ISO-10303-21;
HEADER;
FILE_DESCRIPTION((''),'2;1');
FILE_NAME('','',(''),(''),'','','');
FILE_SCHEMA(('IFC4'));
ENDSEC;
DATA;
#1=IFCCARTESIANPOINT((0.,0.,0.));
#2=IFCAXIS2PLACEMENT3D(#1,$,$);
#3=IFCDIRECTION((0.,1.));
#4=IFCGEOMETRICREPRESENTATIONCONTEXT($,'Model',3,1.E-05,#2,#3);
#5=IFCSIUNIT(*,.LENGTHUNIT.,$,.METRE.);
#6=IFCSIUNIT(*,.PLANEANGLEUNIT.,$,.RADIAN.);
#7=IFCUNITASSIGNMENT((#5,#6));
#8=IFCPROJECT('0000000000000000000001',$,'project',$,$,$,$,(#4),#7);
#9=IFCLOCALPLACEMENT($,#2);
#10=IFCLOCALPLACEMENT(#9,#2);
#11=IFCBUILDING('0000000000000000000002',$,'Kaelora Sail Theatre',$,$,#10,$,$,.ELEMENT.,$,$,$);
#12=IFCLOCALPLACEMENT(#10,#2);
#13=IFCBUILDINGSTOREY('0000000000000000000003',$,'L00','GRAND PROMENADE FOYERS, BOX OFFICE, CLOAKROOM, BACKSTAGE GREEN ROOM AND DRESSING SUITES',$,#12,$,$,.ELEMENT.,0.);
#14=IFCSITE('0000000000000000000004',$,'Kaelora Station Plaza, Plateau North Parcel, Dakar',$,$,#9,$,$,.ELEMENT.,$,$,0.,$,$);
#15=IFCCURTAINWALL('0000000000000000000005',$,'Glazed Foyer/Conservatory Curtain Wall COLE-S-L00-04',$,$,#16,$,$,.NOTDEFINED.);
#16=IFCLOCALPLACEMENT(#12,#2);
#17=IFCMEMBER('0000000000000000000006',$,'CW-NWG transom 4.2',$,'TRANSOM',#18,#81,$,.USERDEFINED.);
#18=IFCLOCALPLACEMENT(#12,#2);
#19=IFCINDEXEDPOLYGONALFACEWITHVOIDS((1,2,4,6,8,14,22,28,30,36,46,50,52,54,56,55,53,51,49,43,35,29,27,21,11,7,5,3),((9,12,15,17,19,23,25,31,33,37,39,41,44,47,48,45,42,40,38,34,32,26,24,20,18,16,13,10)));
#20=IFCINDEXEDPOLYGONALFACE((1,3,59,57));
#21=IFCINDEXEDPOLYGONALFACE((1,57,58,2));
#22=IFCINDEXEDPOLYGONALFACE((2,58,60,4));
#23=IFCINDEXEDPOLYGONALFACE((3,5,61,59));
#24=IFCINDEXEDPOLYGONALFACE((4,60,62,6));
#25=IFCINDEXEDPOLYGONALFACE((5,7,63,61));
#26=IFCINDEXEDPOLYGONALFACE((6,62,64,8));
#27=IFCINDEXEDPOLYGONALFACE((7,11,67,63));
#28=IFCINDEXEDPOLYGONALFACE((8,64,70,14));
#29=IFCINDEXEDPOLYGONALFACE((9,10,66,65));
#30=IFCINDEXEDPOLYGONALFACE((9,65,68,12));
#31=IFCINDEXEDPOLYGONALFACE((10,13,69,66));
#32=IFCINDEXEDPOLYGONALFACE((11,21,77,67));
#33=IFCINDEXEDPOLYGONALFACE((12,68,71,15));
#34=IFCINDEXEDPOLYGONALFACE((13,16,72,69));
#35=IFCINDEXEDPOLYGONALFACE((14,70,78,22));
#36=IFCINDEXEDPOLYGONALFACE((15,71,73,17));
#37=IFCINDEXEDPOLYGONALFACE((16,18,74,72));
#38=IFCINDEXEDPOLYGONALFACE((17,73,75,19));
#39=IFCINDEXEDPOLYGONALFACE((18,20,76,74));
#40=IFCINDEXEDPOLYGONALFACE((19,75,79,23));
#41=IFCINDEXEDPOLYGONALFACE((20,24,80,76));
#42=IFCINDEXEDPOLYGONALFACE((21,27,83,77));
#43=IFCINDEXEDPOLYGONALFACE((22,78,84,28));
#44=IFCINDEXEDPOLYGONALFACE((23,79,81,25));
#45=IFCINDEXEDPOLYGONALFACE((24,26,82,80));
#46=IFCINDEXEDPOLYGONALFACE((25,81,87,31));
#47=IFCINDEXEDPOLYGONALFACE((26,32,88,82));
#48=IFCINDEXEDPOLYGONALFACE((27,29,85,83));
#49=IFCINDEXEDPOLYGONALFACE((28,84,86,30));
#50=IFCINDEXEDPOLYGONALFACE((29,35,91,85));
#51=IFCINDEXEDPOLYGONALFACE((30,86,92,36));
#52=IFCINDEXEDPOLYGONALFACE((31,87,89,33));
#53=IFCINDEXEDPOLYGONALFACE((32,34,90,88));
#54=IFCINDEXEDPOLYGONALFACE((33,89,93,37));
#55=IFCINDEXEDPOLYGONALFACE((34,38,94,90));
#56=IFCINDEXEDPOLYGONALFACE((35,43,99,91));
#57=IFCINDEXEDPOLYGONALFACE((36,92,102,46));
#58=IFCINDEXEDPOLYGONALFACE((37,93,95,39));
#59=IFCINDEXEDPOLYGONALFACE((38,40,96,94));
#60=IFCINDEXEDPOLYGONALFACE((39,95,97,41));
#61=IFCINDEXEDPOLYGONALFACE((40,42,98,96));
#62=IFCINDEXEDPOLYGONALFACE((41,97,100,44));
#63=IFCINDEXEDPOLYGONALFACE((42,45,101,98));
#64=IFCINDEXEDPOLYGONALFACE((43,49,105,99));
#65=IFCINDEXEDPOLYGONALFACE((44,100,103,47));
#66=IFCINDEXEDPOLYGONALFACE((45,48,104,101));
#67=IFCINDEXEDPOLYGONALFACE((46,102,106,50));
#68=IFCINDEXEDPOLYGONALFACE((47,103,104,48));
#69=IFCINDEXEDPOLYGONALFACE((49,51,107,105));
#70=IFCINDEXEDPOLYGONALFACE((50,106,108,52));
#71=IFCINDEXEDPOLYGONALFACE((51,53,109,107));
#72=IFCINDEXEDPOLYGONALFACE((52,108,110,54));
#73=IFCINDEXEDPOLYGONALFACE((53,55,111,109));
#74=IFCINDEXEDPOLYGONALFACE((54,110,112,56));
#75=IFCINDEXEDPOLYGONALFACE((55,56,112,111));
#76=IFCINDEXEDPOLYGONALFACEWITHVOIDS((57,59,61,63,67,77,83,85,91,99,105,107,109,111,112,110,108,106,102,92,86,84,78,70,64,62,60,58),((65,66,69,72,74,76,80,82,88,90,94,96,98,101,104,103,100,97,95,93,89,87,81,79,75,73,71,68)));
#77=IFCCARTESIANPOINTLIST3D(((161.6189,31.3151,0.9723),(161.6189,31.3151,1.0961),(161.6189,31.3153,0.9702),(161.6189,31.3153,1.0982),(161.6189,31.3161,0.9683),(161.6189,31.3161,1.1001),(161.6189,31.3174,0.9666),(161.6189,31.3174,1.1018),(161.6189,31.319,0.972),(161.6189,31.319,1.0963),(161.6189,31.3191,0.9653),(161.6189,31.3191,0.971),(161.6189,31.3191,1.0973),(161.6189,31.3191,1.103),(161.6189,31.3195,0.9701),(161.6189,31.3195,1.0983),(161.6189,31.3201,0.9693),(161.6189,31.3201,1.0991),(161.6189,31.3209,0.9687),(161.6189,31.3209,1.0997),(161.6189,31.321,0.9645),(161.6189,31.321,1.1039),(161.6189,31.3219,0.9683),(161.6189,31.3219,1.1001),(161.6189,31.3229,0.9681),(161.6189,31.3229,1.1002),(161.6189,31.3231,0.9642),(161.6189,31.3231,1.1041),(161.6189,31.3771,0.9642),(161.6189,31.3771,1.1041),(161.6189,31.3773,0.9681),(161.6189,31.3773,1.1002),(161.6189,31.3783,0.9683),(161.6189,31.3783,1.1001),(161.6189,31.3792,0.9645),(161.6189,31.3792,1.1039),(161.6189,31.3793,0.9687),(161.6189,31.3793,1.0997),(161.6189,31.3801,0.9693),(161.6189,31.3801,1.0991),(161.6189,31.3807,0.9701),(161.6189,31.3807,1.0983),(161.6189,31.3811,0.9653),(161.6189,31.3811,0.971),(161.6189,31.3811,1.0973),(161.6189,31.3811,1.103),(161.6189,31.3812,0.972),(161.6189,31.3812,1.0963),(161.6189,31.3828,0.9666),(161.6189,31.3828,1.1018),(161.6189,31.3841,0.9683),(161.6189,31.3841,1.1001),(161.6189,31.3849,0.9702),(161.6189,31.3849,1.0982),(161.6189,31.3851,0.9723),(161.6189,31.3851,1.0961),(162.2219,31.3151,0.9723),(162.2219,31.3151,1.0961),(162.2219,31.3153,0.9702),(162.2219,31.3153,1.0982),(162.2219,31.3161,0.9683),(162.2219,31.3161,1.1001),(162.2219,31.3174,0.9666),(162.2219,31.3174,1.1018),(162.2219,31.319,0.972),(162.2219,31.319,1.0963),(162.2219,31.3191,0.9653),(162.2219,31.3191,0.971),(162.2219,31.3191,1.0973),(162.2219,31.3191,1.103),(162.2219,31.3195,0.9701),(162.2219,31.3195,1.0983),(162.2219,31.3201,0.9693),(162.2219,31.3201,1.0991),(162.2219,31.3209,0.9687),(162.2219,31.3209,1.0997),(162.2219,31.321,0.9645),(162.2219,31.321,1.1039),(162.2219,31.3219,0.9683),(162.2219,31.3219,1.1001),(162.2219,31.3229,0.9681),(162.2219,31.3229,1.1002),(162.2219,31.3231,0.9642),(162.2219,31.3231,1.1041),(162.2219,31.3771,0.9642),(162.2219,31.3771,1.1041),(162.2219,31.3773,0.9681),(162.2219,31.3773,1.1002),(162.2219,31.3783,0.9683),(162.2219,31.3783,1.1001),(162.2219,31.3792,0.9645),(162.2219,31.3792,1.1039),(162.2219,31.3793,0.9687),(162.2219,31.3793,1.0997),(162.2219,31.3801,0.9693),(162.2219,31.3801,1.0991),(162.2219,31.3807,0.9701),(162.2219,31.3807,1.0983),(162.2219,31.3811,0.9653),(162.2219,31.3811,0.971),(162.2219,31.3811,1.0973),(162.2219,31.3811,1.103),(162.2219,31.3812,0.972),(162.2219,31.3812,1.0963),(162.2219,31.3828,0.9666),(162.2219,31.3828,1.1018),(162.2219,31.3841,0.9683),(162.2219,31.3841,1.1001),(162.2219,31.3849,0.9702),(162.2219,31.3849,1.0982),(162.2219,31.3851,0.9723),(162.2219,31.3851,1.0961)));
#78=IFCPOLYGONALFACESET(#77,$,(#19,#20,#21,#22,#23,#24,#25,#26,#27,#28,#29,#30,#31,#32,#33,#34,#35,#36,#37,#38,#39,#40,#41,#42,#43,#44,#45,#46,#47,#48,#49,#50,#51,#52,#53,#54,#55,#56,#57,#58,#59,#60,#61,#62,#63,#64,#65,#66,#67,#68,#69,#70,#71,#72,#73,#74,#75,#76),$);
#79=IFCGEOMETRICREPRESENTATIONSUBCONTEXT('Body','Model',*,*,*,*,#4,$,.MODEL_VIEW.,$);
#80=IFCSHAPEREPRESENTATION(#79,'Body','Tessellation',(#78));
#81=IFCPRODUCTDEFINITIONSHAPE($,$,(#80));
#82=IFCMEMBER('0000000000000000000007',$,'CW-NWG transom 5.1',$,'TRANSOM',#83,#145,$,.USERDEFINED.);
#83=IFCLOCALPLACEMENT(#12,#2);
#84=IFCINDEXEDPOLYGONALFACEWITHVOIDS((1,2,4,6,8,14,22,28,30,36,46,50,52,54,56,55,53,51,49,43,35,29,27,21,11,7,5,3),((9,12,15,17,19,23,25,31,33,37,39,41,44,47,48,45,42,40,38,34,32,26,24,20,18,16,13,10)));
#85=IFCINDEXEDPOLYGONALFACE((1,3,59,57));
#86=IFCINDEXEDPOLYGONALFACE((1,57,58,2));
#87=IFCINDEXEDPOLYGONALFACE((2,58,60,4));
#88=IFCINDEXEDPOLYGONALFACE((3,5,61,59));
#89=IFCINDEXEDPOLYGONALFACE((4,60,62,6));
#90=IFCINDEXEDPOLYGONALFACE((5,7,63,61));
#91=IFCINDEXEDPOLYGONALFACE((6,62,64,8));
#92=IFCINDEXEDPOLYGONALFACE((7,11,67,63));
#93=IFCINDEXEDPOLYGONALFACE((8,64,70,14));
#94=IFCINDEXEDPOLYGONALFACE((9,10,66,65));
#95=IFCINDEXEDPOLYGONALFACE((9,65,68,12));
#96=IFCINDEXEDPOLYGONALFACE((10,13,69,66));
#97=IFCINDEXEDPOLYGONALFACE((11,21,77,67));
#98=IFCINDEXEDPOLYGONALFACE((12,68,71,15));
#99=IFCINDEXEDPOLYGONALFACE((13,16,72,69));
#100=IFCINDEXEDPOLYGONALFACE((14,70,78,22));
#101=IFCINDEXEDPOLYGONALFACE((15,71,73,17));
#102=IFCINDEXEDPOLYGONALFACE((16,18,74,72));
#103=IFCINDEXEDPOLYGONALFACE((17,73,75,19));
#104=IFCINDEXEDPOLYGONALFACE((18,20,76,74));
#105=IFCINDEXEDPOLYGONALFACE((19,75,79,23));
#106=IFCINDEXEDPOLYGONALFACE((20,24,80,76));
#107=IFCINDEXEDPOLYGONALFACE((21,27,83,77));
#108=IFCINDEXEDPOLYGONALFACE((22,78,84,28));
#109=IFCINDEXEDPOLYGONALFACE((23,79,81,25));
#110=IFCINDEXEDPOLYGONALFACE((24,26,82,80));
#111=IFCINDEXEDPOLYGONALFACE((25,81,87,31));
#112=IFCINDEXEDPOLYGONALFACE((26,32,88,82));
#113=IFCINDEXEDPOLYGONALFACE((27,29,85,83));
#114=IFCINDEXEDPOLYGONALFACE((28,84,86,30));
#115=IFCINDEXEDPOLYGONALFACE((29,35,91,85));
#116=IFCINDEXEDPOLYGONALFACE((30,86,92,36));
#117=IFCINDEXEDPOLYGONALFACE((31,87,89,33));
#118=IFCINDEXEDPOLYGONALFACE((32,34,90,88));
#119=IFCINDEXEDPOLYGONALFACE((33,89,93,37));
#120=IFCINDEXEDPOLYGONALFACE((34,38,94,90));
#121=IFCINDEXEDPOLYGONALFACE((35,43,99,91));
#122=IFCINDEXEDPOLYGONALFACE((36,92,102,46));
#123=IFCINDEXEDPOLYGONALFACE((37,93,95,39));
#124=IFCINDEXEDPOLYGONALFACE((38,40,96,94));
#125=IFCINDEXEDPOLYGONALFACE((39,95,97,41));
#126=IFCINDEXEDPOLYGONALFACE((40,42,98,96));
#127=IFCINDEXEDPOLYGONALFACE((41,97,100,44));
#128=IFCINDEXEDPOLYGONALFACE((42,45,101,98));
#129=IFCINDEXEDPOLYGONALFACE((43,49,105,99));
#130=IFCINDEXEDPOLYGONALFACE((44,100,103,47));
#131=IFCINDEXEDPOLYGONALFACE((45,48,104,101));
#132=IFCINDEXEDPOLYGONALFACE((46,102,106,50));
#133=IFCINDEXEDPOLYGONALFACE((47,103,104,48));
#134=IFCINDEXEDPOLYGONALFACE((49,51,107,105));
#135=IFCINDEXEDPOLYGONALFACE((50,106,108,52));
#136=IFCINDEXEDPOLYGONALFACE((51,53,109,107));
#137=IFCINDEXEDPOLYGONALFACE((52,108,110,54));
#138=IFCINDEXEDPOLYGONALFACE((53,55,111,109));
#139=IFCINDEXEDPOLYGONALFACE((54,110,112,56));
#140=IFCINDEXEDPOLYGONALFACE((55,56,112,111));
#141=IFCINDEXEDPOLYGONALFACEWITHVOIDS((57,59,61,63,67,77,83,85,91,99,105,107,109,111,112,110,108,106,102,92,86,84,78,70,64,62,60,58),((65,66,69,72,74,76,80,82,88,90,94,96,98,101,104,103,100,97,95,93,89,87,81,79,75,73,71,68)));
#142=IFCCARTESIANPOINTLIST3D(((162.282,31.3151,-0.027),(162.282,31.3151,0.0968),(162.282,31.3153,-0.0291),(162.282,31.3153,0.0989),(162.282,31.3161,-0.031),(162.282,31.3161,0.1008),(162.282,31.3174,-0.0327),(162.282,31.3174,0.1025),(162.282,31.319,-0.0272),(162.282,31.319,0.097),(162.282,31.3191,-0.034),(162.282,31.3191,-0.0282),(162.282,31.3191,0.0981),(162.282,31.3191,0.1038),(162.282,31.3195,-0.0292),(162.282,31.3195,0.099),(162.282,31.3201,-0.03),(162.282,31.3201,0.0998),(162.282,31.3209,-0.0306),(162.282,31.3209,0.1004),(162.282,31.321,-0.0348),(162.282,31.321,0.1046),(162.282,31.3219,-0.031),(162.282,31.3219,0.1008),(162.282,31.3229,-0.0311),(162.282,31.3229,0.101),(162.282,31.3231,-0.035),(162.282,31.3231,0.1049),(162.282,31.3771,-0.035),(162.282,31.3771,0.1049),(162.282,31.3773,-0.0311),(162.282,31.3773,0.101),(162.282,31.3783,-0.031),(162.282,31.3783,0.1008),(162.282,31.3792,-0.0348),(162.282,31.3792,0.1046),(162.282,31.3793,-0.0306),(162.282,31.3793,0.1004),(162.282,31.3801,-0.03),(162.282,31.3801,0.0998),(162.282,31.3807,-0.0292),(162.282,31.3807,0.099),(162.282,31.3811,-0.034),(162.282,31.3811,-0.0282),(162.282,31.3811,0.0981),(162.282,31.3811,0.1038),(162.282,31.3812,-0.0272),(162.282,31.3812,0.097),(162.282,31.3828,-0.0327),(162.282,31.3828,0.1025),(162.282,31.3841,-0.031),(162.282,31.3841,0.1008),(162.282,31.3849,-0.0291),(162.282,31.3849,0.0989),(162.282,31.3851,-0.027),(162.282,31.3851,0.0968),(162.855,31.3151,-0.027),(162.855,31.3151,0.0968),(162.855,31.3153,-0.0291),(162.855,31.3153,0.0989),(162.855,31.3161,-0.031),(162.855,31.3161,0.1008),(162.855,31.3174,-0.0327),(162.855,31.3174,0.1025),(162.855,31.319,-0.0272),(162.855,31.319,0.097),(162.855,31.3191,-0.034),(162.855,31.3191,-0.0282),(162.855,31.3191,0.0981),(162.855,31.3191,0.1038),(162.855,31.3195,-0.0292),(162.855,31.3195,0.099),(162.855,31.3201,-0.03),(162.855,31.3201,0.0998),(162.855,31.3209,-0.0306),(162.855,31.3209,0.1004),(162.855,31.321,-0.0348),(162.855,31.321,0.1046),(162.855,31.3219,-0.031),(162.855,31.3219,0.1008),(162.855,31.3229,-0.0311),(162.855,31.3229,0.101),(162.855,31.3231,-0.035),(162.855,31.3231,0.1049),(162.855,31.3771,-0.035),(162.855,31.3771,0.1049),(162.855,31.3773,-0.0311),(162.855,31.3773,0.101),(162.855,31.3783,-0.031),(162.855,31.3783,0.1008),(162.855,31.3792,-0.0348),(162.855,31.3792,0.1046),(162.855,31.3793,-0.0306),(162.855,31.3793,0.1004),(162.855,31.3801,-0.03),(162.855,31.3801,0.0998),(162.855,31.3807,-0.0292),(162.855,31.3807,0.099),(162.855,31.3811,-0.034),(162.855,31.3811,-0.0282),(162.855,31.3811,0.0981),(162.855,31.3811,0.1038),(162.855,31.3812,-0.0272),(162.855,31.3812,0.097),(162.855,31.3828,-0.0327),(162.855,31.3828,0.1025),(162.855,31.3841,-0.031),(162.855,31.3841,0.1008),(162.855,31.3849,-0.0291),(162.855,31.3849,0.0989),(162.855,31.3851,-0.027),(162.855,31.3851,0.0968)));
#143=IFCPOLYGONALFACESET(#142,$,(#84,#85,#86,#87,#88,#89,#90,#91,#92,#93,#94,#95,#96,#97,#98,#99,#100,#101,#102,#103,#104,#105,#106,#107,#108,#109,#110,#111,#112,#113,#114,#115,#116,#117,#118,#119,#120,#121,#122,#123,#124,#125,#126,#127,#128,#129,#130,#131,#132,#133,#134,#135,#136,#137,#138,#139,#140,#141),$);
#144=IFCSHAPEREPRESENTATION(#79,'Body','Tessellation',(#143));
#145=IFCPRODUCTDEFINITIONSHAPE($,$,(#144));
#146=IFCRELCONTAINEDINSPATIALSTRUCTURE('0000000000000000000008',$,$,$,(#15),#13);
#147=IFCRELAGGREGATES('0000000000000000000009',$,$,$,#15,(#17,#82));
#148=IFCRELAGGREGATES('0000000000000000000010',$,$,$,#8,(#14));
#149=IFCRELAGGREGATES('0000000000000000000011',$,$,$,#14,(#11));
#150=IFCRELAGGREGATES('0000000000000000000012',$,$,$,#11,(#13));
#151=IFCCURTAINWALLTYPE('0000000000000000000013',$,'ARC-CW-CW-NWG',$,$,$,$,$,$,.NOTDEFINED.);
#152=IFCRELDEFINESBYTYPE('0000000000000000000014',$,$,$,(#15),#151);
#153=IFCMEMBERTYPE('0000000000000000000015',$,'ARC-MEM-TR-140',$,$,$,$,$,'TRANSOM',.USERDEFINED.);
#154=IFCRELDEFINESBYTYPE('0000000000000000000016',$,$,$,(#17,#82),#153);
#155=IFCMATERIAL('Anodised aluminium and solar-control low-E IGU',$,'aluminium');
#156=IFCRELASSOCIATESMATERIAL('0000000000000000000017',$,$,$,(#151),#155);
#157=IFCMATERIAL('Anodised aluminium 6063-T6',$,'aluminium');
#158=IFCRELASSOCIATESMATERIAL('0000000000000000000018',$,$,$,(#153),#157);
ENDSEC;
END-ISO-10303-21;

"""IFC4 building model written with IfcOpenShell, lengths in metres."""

from ifc_helpers import new_model, si_unit, direction, frame, origin, origin_2d, place, context, subcontext, project, spatial, hollow_rectangle, extrude, material, material_profile, profile_set, type_object, element, aggregate, save


model = new_model("IFC4")

# Units and contexts
model_context = context("Model", 3, precision=1e-05, world=origin(), true_north=direction((0.0, 1.0)))
body_context = subcontext(model_context, "Body", "Model", "MODEL_VIEW")
ifc_project = project(units=[si_unit("LENGTHUNIT", "METRE"), si_unit("PLANEANGLEUNIT", "RADIAN")], contexts=[model_context])

# Site, building, storey
site_placement = place(None, origin())
site = spatial("IfcSite", under=ifc_project, at=site_placement, Name="Kaelora Station Plaza, Plateau North Parcel, Dakar", CompositionType="ELEMENT", RefElevation=0.0)
building_placement = place(site_placement, origin())
building = spatial("IfcBuilding", under=site, at=building_placement, Name="Kaelora Sail Theatre", CompositionType="ELEMENT")
storey_placement = place(building_placement, origin())
storey = spatial("IfcBuildingStorey", under=building, at=storey_placement, Name="L00", Description="GRAND PROMENADE FOYERS, BOX OFFICE, CLOAKROOM, BACKSTAGE GREEN ROOM AND DRESSING SUITES", CompositionType="ELEMENT", Elevation=0.0)

# Curtain wall
ifc_material_1 = material(Name="Anodised aluminium and solar-control low-E IGU", Category="aluminium")
curtain_wall_type_1 = type_object("IfcCurtainWallType", Name="ARC-CW-CW-NWG", PredefinedType="NOTDEFINED", material=ifc_material_1)
curtain_wall_1_placement = place(storey_placement, origin())
curtain_wall_1 = element("IfcCurtainWall", 1, at=curtain_wall_1_placement, inside=storey, type_object=curtain_wall_type_1, Name="Glazed Foyer/Conservatory Curtain Wall COLE-S-L00-04", PredefinedType="NOTDEFINED")

# Members
ifc_material_2 = material(Name="Anodised aluminium 6063-T6", Category="aluminium")
ifc_material_profile_1 = material_profile(ifc_material_2, hollow_rectangle(XDim=0.0701, YDim=0.1399, WallThickness=0.0039, InnerFilletRadius=0.0039, OuterFilletRadius=0.0081, at=origin_2d()), Name="ALU-TRAN 70x140x4")
ifc_profile_set_1 = profile_set([ifc_material_profile_1], Name="Anodised aluminium 6063-T6")
member_type_1 = type_object("IfcMemberType", Name="ARC-MEM-TR-140", ElementType="TRANSOM", PredefinedType="USERDEFINED", material=ifc_profile_set_1)
member_1_placement = place(storey_placement, frame((161.6189, 31.3501, 1.0342), z_axis=(1.0, 0.0, 0.0), x_axis=(0.0, 1.0, 0.0)))
member_1 = element("IfcMember", 2, at=member_1_placement, type_object=member_type_1, Name="CW-NWG transom 4.2", ObjectType="TRANSOM", PredefinedType="USERDEFINED", context=body_context, shape_type="SweptSolid", body=[
    extrude(hollow_rectangle(XDim=0.0701, YDim=0.1399, WallThickness=0.0039, InnerFilletRadius=0.0039, OuterFilletRadius=0.0081, at=origin_2d()), origin(), (0.0, 0.0, 1.0), 0.603),
])
member_2_placement = place(storey_placement, frame((162.282, 31.3501, 0.0349), z_axis=(1.0, 0.0, 0.0), x_axis=(0.0, 1.0, 0.0)))
member_2 = element("IfcMember", 3, at=member_2_placement, type_object=member_type_1, Name="CW-NWG transom 5.1", ObjectType="TRANSOM", PredefinedType="USERDEFINED", context=body_context, shape_type="SweptSolid", body=[
    extrude(hollow_rectangle(XDim=0.0701, YDim=0.1399, WallThickness=0.0039, InnerFilletRadius=0.0039, OuterFilletRadius=0.0081, at=origin_2d()), origin(), (0.0, 0.0, 1.0), 0.573),
])

aggregate(curtain_wall_1, [member_1, member_2])

save(model, "model.ifc")
